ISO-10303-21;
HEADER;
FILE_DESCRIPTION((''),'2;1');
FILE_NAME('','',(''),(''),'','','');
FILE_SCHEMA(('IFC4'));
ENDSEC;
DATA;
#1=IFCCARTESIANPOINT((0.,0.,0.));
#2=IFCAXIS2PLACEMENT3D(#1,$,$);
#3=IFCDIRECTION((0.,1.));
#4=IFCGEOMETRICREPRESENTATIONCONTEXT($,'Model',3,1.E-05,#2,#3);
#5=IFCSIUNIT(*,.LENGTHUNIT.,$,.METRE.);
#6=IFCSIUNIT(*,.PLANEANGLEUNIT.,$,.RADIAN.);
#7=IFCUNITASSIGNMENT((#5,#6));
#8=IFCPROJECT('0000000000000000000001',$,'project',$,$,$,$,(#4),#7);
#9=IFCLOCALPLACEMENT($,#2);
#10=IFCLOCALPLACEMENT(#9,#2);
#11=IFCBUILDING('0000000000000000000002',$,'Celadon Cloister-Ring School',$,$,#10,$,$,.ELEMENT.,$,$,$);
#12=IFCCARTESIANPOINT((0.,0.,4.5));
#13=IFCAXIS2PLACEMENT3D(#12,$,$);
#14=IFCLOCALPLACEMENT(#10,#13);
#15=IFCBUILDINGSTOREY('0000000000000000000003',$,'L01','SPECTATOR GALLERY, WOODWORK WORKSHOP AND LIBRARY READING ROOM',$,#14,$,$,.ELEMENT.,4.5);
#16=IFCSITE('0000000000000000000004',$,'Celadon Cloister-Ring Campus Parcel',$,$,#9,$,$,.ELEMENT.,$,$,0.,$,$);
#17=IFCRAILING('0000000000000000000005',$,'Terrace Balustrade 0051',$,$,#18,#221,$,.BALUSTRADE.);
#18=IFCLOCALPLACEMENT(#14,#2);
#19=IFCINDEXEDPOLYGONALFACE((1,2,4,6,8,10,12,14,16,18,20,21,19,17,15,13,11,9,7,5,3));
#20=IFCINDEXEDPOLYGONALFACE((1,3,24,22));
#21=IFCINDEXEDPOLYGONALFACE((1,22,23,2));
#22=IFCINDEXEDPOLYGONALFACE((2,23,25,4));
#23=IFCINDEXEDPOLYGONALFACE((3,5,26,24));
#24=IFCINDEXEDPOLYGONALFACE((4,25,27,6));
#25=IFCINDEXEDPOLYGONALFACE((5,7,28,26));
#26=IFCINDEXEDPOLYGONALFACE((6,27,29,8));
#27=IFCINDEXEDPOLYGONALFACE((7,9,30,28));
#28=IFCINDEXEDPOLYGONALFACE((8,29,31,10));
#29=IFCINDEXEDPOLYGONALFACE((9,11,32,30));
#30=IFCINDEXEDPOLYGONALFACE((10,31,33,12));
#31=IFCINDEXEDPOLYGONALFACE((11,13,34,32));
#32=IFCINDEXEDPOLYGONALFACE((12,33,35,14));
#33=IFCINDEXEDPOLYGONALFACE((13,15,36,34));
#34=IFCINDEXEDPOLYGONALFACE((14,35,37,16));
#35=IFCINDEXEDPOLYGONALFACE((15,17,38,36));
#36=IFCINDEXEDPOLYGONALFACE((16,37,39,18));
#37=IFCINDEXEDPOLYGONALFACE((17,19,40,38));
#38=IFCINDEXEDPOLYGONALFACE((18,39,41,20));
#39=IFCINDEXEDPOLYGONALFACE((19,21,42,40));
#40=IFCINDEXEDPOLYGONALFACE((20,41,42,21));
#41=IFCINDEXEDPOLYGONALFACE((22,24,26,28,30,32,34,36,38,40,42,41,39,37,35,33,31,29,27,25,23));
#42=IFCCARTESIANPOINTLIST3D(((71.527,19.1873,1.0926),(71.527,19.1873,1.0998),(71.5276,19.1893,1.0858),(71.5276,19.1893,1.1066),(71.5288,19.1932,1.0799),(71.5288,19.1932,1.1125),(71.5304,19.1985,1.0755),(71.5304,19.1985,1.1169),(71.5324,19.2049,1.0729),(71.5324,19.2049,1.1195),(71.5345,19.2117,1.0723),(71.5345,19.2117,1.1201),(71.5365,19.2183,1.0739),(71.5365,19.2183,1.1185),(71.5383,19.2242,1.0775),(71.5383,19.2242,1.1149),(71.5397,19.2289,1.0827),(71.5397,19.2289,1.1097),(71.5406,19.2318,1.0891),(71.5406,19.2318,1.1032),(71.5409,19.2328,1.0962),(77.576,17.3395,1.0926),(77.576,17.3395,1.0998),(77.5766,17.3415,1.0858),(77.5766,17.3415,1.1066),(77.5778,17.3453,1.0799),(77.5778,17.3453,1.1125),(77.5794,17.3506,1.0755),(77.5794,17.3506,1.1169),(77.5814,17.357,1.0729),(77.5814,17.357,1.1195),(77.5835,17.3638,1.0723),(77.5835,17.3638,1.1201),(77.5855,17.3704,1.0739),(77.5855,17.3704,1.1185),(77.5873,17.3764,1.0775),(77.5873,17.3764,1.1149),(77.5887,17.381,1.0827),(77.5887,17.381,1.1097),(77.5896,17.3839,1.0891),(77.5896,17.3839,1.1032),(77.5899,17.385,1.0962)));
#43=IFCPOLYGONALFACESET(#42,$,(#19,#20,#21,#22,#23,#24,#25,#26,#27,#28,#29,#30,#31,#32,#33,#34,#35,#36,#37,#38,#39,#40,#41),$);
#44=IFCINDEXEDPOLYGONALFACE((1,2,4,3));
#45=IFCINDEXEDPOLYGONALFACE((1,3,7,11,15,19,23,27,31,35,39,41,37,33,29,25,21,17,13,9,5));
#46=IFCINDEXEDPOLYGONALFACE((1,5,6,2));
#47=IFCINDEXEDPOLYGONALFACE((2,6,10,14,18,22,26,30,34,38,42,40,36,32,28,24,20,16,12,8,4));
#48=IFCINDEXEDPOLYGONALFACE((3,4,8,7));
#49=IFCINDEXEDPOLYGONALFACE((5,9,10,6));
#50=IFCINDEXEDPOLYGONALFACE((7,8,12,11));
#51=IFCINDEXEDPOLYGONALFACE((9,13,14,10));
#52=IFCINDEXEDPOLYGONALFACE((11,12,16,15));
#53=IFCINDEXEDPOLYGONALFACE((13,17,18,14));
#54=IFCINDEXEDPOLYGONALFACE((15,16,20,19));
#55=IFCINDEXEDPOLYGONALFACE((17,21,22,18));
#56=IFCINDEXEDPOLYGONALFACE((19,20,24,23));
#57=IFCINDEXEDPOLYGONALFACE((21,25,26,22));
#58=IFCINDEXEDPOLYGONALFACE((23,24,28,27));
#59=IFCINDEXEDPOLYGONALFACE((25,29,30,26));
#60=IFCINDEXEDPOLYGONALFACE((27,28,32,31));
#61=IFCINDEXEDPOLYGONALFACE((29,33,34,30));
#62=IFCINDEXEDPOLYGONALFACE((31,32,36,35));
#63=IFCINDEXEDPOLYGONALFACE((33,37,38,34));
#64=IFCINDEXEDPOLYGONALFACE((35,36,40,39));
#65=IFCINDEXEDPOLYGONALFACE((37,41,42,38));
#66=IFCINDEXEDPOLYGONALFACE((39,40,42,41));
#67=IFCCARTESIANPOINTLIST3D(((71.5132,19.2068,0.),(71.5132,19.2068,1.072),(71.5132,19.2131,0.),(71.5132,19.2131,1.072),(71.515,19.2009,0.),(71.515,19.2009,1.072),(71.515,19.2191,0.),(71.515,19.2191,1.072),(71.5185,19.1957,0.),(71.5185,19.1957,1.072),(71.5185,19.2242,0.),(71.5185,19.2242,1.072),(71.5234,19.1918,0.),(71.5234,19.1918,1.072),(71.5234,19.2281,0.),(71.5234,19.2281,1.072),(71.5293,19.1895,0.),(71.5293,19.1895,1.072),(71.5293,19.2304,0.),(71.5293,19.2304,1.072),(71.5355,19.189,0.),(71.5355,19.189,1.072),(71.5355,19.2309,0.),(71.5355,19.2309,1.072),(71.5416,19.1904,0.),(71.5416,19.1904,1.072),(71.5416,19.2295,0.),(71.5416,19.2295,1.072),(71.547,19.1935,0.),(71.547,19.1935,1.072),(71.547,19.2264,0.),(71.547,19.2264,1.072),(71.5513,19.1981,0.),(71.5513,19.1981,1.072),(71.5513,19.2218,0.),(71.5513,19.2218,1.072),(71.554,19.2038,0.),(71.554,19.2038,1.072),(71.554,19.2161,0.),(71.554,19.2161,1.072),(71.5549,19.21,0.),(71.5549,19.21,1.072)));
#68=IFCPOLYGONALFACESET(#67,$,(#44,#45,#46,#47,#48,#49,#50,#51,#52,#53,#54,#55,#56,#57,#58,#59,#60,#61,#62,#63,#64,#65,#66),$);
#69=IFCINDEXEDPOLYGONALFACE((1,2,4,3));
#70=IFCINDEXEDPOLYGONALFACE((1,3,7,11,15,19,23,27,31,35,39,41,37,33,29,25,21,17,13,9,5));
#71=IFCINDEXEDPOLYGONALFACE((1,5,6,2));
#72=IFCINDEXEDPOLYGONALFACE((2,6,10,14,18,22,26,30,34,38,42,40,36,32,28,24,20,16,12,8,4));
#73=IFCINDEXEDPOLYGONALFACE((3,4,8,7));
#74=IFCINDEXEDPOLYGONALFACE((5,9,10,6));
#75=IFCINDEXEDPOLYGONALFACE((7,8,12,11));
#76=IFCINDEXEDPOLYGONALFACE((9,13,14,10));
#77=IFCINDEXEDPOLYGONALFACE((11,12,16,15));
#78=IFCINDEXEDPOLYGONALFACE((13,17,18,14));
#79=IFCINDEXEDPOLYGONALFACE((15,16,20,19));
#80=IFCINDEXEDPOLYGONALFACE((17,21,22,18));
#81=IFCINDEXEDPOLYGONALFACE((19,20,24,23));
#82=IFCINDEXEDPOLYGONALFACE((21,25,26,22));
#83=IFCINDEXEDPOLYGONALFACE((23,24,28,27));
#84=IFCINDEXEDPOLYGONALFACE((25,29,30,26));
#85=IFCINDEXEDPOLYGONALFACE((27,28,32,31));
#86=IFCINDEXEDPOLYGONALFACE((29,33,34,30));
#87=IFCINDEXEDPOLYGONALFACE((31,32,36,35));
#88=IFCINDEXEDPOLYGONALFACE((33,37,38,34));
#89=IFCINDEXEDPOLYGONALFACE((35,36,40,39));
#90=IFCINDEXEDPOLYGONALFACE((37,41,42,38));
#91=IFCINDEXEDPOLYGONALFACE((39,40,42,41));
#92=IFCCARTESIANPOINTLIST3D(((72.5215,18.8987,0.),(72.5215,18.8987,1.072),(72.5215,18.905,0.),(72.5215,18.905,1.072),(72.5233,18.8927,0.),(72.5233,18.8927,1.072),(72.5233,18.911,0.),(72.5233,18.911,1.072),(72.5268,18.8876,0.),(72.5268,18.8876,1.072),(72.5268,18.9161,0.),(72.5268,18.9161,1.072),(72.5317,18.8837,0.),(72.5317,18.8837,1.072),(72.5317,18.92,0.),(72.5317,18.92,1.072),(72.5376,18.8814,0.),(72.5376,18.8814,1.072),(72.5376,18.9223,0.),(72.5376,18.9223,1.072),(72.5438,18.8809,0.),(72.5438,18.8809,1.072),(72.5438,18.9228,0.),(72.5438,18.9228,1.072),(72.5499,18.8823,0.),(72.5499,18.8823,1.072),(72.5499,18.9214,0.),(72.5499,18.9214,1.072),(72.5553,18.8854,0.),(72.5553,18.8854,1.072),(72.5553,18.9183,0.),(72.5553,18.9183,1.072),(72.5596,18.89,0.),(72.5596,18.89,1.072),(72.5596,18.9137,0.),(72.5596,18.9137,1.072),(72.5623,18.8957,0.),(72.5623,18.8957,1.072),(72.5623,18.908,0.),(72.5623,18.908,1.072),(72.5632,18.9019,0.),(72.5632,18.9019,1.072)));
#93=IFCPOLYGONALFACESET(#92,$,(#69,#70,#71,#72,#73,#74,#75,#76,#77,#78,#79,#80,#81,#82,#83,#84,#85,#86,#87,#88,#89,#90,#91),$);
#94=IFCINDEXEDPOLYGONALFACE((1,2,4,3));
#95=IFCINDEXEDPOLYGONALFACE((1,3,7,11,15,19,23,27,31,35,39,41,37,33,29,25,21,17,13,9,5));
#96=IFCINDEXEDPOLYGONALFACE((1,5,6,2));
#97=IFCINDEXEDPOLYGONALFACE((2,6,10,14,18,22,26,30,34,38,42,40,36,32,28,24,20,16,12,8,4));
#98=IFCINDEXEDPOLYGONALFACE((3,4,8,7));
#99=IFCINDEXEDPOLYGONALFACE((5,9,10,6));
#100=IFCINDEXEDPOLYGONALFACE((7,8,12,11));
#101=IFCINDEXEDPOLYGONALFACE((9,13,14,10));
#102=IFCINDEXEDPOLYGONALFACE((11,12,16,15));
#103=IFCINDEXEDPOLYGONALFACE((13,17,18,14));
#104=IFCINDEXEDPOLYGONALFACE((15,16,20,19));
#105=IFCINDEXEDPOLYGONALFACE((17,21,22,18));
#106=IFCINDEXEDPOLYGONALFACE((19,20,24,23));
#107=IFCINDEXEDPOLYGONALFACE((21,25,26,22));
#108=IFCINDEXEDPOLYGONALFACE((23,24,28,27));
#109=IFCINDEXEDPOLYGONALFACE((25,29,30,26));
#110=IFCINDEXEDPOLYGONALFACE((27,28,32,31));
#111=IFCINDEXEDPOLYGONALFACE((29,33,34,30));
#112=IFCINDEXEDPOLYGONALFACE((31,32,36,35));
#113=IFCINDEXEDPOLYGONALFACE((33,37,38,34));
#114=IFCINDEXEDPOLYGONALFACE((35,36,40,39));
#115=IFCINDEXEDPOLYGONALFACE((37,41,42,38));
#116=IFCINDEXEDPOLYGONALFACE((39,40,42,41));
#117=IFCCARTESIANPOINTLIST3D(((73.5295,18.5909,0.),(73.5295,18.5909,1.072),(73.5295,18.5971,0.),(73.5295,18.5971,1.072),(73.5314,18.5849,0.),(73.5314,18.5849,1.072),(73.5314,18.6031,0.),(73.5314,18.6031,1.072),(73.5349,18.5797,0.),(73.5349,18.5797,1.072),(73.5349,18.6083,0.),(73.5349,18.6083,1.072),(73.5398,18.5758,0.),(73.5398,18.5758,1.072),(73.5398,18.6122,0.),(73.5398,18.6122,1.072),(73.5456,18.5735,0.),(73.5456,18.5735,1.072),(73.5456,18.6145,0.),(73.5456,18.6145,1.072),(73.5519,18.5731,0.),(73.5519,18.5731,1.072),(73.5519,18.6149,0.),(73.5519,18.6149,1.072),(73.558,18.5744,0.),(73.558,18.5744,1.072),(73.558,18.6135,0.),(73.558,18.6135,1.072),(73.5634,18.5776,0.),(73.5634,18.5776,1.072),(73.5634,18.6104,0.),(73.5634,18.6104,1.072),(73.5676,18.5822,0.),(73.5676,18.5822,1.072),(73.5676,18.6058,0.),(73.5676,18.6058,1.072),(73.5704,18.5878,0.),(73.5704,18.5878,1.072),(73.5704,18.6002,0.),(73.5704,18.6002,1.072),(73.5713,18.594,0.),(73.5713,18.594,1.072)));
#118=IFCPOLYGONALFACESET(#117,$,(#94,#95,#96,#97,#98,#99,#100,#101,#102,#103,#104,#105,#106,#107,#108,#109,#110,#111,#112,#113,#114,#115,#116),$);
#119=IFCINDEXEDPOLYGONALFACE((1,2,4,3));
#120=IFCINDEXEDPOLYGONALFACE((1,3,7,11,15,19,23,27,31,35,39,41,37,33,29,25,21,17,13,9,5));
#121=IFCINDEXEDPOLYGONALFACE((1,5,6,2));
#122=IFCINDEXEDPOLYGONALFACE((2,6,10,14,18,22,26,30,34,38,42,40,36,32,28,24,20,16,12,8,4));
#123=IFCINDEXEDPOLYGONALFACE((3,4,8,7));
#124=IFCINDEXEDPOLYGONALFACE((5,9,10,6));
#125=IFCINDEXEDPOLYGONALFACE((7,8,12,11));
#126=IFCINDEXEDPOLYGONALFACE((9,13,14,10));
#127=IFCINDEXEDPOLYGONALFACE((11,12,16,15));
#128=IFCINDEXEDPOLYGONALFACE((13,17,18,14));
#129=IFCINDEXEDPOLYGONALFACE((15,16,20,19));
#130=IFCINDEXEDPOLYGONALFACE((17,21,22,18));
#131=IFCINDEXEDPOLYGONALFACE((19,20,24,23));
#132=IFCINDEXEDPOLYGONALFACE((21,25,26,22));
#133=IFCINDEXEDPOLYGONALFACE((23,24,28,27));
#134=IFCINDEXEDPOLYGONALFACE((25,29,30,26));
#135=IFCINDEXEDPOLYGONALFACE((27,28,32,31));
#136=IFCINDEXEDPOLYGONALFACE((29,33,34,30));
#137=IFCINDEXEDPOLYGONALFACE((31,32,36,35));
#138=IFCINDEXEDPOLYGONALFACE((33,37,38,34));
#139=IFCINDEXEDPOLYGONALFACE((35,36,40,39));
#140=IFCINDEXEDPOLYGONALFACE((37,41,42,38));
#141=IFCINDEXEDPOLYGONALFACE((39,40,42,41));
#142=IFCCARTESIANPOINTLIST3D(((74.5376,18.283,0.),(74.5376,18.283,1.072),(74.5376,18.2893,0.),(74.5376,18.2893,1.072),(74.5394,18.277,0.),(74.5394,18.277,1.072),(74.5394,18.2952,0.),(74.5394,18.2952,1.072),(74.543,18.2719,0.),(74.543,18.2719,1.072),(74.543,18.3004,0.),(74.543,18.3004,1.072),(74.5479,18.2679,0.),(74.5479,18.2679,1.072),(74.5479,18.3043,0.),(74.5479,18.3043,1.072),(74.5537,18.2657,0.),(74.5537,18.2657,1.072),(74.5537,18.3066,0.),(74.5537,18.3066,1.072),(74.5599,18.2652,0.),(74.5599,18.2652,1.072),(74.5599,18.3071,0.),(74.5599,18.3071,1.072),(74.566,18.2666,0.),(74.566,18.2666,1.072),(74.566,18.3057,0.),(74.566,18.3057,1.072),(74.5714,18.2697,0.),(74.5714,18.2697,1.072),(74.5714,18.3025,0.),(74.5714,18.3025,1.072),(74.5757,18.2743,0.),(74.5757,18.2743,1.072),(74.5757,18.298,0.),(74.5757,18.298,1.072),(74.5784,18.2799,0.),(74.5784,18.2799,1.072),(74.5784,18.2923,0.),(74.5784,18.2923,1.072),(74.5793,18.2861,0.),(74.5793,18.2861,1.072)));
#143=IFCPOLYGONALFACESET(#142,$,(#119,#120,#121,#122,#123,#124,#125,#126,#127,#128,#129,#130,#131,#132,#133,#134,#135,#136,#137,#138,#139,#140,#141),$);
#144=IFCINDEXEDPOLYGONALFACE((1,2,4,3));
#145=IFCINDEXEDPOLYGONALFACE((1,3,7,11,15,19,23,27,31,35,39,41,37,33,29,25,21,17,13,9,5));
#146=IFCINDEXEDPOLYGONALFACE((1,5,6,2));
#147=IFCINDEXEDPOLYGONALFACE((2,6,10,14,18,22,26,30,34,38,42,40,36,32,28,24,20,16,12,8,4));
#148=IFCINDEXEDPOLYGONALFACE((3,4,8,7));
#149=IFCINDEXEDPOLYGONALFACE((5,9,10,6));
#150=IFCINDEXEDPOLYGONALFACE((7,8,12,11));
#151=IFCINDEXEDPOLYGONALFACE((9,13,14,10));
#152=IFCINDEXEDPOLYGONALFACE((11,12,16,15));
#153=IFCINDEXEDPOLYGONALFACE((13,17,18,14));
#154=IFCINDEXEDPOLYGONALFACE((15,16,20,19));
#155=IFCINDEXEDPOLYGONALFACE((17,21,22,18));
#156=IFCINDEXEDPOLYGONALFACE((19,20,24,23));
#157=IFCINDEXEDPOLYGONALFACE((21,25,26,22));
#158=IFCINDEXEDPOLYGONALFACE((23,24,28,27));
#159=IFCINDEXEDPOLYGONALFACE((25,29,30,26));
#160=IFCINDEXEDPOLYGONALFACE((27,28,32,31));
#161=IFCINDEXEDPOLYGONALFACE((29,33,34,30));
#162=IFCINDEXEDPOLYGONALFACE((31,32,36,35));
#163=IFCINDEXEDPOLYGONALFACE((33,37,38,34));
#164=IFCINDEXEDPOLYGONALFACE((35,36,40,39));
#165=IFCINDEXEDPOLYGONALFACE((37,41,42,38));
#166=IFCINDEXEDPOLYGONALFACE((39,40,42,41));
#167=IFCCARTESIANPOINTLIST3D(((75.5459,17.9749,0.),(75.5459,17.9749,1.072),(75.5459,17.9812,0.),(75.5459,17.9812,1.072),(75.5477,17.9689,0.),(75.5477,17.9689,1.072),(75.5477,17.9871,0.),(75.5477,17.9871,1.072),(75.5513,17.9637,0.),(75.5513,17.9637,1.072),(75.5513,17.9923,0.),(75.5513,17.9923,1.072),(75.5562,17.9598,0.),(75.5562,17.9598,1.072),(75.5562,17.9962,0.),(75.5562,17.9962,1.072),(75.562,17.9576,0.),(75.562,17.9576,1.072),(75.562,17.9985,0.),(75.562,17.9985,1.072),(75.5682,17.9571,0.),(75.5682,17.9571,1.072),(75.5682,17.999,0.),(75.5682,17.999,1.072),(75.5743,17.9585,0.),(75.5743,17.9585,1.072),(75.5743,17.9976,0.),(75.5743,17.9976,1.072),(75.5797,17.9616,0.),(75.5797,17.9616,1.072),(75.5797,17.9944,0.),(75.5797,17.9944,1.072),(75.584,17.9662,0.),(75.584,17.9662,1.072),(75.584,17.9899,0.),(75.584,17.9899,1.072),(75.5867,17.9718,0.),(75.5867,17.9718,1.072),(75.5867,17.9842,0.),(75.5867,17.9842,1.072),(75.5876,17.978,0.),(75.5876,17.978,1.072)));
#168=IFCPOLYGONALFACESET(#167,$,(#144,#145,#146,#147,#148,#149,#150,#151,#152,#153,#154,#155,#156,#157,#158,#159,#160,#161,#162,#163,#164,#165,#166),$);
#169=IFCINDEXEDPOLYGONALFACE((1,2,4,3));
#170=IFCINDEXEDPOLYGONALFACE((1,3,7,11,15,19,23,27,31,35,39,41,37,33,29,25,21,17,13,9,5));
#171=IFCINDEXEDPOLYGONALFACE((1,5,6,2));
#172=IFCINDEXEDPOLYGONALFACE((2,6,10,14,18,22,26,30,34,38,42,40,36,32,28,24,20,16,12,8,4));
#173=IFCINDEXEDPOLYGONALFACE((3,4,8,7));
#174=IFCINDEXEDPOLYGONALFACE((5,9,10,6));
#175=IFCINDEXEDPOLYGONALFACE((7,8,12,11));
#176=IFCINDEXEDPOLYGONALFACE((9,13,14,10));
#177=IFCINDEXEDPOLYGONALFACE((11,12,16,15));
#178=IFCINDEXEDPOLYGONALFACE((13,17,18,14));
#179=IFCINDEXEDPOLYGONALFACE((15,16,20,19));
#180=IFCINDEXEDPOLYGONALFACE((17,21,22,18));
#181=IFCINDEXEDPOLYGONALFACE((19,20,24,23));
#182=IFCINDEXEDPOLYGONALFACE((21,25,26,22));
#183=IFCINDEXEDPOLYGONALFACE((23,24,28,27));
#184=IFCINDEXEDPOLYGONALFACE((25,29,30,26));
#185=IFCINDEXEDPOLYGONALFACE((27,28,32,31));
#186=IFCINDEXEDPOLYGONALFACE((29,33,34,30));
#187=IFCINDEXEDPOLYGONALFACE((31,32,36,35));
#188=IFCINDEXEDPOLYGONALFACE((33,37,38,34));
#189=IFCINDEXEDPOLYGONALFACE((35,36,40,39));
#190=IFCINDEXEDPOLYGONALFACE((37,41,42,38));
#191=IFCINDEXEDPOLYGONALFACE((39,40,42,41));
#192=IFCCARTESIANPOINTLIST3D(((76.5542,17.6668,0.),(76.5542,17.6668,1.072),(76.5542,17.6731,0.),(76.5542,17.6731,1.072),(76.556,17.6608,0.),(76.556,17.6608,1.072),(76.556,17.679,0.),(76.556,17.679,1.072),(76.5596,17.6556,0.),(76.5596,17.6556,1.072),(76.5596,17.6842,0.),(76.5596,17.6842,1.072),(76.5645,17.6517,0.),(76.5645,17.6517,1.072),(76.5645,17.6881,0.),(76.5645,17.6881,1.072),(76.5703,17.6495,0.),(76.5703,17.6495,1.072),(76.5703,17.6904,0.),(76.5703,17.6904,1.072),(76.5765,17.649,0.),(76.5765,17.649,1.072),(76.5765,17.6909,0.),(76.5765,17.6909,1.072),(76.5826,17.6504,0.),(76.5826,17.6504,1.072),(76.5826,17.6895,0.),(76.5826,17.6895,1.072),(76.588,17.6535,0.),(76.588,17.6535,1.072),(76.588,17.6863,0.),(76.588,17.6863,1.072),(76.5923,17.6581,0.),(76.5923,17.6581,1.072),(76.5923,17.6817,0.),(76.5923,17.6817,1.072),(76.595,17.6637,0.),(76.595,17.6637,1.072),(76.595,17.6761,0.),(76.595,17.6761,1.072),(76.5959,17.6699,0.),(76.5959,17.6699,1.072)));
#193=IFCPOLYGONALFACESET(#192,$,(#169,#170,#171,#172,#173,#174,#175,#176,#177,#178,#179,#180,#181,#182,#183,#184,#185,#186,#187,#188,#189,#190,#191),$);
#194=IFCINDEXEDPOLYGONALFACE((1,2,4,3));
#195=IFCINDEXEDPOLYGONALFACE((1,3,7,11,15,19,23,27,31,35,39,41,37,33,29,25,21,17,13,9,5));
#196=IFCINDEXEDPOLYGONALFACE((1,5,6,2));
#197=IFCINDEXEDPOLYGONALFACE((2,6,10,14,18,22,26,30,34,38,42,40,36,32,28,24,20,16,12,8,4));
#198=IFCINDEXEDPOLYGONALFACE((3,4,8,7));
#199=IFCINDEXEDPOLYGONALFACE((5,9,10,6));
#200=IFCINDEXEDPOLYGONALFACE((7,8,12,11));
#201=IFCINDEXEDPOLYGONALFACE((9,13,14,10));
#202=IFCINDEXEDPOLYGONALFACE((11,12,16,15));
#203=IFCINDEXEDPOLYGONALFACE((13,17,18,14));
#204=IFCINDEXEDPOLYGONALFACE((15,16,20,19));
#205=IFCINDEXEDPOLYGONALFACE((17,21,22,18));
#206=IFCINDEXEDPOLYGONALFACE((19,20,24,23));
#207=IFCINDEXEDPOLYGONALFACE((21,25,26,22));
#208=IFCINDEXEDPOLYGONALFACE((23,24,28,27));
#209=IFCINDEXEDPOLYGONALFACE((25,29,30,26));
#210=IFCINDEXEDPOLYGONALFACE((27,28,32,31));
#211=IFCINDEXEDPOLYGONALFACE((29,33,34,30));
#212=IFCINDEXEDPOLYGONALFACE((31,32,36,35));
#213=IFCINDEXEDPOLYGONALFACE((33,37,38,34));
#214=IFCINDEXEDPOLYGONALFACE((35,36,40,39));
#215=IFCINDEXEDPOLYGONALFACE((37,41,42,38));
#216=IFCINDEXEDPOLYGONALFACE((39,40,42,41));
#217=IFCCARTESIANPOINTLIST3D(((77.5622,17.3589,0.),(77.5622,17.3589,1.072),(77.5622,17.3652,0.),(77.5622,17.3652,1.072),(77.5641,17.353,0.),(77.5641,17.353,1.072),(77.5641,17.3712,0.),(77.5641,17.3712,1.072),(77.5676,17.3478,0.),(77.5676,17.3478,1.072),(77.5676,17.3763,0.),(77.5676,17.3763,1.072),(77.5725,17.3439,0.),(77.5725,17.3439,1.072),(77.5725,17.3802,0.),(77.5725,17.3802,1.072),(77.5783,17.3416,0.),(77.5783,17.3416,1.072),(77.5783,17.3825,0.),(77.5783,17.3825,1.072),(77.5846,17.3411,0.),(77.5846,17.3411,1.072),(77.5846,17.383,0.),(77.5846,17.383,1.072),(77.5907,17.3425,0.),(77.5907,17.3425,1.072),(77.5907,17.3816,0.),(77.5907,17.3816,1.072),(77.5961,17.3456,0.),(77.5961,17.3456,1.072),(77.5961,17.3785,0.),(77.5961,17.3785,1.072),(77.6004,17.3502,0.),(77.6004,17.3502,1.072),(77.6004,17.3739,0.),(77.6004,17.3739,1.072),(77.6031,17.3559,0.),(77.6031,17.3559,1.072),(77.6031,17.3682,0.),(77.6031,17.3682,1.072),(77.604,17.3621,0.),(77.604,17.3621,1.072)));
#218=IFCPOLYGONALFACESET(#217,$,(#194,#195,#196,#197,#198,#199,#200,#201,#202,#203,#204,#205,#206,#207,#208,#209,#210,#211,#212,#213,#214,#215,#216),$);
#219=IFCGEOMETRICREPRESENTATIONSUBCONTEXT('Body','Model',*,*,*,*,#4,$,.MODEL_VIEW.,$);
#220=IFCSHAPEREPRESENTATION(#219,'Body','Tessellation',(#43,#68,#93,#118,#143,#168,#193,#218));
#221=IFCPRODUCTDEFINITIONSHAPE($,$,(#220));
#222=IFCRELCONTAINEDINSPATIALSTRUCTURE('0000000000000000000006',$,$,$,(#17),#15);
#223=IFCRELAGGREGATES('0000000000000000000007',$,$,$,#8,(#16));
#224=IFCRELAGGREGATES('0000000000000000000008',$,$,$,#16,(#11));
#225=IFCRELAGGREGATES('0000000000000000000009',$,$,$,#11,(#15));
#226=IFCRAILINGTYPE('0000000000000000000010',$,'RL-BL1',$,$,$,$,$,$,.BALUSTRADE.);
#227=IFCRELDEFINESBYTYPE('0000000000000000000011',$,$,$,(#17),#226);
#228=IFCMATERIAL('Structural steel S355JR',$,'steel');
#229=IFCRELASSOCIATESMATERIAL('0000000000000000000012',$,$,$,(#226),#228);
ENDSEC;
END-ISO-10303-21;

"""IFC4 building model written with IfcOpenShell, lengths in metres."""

from ifc_helpers import new_model, si_unit, direction, frame, origin, origin_2d, place, context, subcontext, project, spatial, circle, extrude, material, type_object, element, save


model = new_model("IFC4")

# Units and contexts
model_context = context("Model", 3, precision=1e-05, world=origin(), true_north=direction((0.0, 1.0)))
body_context = subcontext(model_context, "Body", "Model", "MODEL_VIEW")
ifc_project = project(units=[si_unit("LENGTHUNIT", "METRE"), si_unit("PLANEANGLEUNIT", "RADIAN")], contexts=[model_context])

# Site, building, storey
site_placement = place(None, origin())
site = spatial("IfcSite", under=ifc_project, at=site_placement, Name="Celadon Cloister-Ring Campus Parcel", CompositionType="ELEMENT", RefElevation=0.0)
building_placement = place(site_placement, origin())
building = spatial("IfcBuilding", under=site, at=building_placement, Name="Celadon Cloister-Ring School", CompositionType="ELEMENT")
storey_placement = place(building_placement, frame((0.0, 0.0, 4.5)))
storey = spatial("IfcBuildingStorey", under=building, at=storey_placement, Name="L01", Description="SPECTATOR GALLERY, WOODWORK WORKSHOP AND LIBRARY READING ROOM", CompositionType="ELEMENT", Elevation=4.5)

# Railing
ifc_material_1 = material(Name="Structural steel S355JR", Category="steel")
railing_type = type_object("IfcRailingType", Name="RL-BL1", PredefinedType="BALUSTRADE", material=ifc_material_1)
railing_1_placement = place(storey_placement, frame((71.5339, 19.21, 0.0)))
element("IfcRailing", 1, at=railing_1_placement, inside=storey, type_object=railing_type, Name="Terrace Balustrade 0051", PredefinedType="BALUSTRADE", context=body_context, shape_type="SweptSolid", body=[
    extrude(circle(Radius=0.0239, at=origin_2d()), frame((0.0, 0.0, 1.0962), z_axis=(0.95637, -0.292157, 0.0), x_axis=(0.292157, 0.95637, 0.0)), (0.0, 0.0, 1.0), 6.325),
    extrude(circle(Radius=0.021, at=origin_2d()), origin(), (0.0, 0.0, 1.0), 1.072),
    extrude(circle(Radius=0.021, at=origin_2d()), frame((1.0083, -0.3081, 0.0)), (0.0, 0.0, 1.0), 1.072),
    extrude(circle(Radius=0.021, at=origin_2d()), frame((2.0164, -0.616, 0.0)), (0.0, 0.0, 1.0), 1.072),
    extrude(circle(Radius=0.021, at=origin_2d()), frame((3.0244, -0.9238, 0.0)), (0.0, 0.0, 1.0), 1.072),
    extrude(circle(Radius=0.021, at=origin_2d()), frame((4.0327, -1.2319, 0.0)), (0.0, 0.0, 1.0), 1.072),
    extrude(circle(Radius=0.021, at=origin_2d()), frame((5.041, -1.54, 0.0)), (0.0, 0.0, 1.0), 1.072),
    extrude(circle(Radius=0.021, at=origin_2d()), frame((6.0491, -1.8479, 0.0)), (0.0, 0.0, 1.0), 1.072),
])

save(model, "model.ifc")
